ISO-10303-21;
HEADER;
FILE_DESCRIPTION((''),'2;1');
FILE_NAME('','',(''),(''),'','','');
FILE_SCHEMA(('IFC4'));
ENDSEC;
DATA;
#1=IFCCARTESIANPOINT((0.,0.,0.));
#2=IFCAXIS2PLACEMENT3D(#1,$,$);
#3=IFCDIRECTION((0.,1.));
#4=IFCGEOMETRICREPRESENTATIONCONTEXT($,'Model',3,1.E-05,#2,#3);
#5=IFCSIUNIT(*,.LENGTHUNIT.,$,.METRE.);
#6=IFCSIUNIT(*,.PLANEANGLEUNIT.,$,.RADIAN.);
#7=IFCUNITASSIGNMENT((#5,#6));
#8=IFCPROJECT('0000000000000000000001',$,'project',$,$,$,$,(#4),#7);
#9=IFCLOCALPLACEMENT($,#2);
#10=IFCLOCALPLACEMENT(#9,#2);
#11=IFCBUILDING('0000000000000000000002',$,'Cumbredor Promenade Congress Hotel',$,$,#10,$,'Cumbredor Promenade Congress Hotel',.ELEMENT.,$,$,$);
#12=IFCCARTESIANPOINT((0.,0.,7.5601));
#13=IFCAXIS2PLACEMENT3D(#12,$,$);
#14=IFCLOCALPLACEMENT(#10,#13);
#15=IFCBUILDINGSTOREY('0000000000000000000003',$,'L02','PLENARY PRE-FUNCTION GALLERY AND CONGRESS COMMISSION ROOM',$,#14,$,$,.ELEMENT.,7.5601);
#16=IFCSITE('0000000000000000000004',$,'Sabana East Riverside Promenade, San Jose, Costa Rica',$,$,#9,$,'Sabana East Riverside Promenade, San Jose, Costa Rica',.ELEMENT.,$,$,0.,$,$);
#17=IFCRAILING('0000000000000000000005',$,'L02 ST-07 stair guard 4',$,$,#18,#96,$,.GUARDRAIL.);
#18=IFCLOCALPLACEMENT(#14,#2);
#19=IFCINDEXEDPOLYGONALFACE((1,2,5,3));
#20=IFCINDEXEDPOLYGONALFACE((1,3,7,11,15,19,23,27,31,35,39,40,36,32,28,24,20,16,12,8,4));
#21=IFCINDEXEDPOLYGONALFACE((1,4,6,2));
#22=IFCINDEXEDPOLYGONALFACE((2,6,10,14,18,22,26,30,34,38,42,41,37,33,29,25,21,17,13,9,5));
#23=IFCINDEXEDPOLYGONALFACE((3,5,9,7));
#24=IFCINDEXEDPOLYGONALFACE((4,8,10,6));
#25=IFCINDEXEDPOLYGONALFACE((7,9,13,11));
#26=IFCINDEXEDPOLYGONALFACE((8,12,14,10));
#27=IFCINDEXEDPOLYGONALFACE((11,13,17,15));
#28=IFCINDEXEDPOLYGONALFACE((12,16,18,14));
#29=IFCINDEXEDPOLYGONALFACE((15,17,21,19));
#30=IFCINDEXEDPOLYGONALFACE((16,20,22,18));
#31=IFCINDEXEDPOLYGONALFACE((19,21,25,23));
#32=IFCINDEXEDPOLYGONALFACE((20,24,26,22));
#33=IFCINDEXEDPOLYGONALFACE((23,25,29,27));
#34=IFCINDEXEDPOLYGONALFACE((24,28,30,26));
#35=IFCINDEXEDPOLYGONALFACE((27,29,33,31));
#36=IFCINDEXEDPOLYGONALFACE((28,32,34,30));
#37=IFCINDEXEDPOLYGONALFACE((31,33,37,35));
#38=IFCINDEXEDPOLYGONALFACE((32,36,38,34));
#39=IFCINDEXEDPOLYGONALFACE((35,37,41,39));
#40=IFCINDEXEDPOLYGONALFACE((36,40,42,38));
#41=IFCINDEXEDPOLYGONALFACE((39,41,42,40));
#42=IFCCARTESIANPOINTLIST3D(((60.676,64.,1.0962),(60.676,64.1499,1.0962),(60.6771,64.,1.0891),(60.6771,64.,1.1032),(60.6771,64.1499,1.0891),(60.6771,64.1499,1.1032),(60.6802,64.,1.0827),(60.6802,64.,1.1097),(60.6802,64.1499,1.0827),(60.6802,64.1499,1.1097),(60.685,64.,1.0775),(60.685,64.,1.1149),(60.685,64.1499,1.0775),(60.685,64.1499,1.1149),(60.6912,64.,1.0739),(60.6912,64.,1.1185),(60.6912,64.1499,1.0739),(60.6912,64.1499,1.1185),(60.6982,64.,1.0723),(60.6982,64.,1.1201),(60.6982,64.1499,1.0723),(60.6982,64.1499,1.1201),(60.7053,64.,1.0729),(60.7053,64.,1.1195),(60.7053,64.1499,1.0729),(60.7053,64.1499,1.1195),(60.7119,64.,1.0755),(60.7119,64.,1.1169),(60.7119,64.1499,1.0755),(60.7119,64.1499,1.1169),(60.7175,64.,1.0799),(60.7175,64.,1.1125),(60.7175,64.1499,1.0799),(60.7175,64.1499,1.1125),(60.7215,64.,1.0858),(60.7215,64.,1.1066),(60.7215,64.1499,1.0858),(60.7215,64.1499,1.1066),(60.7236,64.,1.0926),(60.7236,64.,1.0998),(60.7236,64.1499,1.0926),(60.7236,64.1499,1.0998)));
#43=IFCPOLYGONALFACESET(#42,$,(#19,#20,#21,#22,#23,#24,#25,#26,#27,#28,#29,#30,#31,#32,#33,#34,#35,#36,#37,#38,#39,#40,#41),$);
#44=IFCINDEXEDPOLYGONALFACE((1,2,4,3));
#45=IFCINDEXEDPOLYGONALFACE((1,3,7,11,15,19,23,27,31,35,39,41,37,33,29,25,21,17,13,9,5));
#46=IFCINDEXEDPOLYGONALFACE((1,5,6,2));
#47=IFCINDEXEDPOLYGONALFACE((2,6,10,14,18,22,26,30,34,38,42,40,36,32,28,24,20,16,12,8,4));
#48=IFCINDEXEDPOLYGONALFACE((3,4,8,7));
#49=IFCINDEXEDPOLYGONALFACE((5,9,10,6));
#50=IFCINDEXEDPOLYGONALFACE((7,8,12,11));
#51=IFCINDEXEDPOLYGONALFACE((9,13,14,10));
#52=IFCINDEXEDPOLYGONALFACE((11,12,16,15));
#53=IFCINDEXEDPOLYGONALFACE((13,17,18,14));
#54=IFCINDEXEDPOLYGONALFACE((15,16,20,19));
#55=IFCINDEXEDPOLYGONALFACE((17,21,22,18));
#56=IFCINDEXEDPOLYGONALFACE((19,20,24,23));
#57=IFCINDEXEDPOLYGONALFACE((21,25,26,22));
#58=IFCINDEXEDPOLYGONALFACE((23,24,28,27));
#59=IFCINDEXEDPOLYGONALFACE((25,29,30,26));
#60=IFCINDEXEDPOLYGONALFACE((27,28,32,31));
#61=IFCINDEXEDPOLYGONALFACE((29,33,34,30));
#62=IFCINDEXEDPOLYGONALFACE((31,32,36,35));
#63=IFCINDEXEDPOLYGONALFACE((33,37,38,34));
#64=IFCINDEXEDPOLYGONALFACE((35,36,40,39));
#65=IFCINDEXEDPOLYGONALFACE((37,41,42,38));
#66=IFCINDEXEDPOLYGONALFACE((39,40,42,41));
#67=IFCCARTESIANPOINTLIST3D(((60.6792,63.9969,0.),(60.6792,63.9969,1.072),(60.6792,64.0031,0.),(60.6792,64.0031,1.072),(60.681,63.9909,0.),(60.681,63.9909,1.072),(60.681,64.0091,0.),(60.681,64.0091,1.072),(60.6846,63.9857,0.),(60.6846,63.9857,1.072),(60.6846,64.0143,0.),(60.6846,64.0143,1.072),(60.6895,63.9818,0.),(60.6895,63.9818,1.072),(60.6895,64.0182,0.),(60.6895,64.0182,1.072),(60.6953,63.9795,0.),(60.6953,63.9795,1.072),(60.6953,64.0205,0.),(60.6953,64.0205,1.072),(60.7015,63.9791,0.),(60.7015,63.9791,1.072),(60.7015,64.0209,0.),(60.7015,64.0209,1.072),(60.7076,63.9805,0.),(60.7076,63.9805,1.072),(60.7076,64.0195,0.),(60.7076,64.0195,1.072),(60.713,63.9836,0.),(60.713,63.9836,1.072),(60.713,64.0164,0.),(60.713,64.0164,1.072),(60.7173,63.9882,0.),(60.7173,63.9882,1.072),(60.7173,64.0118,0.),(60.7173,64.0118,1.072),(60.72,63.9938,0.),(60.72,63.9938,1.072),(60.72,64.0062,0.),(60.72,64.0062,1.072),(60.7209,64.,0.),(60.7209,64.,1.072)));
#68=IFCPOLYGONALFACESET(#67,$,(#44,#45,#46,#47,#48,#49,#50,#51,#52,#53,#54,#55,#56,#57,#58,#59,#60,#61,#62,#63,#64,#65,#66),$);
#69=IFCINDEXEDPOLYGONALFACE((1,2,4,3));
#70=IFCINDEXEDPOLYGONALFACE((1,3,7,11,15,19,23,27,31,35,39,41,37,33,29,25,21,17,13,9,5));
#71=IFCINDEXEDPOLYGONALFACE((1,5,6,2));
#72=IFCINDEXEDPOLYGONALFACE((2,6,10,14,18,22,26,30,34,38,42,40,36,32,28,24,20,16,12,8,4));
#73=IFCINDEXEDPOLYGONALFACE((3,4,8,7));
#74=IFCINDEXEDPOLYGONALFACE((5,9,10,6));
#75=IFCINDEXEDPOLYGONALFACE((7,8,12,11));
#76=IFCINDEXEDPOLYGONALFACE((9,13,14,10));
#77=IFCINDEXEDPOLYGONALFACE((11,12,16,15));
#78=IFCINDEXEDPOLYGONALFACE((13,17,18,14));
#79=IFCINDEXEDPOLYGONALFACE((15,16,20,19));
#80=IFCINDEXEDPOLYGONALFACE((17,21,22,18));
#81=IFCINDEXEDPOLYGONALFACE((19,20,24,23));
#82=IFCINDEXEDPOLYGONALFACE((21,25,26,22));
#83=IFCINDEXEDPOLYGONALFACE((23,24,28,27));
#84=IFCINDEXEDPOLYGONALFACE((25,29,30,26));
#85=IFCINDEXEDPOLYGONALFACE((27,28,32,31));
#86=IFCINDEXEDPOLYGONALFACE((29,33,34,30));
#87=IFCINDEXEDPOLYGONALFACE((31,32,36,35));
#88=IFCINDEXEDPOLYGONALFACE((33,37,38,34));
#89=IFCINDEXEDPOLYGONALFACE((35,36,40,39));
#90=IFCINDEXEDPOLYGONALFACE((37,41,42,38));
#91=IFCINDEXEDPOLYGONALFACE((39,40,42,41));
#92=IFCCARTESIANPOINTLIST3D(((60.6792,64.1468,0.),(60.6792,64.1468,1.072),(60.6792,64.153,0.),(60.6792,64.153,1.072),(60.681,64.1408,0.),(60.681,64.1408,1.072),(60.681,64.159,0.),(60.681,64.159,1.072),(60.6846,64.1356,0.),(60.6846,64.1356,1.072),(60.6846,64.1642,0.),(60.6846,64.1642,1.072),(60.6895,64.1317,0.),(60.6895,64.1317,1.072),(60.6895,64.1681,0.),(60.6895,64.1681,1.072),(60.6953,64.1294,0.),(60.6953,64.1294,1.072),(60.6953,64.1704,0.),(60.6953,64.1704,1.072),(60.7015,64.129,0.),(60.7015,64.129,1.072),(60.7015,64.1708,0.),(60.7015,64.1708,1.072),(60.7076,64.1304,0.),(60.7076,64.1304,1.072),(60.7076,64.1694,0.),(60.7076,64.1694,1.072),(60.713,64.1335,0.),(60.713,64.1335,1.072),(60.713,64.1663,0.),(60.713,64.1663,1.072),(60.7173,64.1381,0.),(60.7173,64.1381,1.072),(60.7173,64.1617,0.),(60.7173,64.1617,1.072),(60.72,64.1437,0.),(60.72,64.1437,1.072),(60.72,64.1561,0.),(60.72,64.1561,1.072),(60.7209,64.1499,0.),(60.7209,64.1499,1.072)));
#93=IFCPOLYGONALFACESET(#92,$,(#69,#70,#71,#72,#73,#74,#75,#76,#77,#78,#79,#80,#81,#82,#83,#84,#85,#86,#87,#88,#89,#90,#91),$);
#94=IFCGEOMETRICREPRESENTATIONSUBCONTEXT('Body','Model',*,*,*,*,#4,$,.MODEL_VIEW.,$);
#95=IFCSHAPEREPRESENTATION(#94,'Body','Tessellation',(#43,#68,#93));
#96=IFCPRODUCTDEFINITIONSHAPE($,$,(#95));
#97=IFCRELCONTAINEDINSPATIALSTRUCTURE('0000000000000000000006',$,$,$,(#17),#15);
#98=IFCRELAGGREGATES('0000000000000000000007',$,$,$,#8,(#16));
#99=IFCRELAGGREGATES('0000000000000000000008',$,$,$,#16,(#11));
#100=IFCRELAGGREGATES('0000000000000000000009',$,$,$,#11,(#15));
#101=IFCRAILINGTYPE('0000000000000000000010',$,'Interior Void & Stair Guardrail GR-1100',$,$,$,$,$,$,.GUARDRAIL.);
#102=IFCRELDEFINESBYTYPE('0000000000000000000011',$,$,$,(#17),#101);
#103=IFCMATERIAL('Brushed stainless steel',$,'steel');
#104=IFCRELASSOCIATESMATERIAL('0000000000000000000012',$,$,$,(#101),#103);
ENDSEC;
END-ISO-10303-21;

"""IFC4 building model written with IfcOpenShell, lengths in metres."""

from ifc_helpers import new_model, si_unit, direction, frame, origin, origin_2d, place, context, subcontext, project, spatial, circle, extrude, material, type_object, element, save


model = new_model("IFC4")

# Units and contexts
model_context = context("Model", 3, precision=1e-05, world=origin(), true_north=direction((0.0, 1.0)))
body_context = subcontext(model_context, "Body", "Model", "MODEL_VIEW")
ifc_project = project(units=[si_unit("LENGTHUNIT", "METRE"), si_unit("PLANEANGLEUNIT", "RADIAN")], contexts=[model_context])

# Site, building, storey
site_placement = place(None, origin())
site = spatial("IfcSite", under=ifc_project, at=site_placement, Name="Sabana East Riverside Promenade, San Jose, Costa Rica", LongName="Sabana East Riverside Promenade, San Jose, Costa Rica", CompositionType="ELEMENT", RefElevation=0.0)
building_placement = place(site_placement, origin())
building = spatial("IfcBuilding", under=site, at=building_placement, Name="Cumbredor Promenade Congress Hotel", LongName="Cumbredor Promenade Congress Hotel", CompositionType="ELEMENT")
storey_placement = place(building_placement, frame((0.0, 0.0, 7.5601)))
storey = spatial("IfcBuildingStorey", under=building, at=storey_placement, Name="L02", Description="PLENARY PRE-FUNCTION GALLERY AND CONGRESS COMMISSION ROOM", CompositionType="ELEMENT", Elevation=7.5601)

# Railing
ifc_material_1 = material(Name="Brushed stainless steel", Category="steel")
railing_type_1 = type_object("IfcRailingType", Name="Interior Void & Stair Guardrail GR-1100", PredefinedType="GUARDRAIL", material=ifc_material_1)
railing_1_placement = place(storey_placement, frame((60.7, 64.0, 0.0)))
element("IfcRailing", 1, at=railing_1_placement, inside=storey, type_object=railing_type_1, Name="L02 ST-07 stair guard 4", PredefinedType="GUARDRAIL", context=body_context, shape_type="SweptSolid", body=[
    extrude(circle(Radius=0.0239, at=origin_2d()), frame((0.0, 0.0, 1.0962), z_axis=(0.0, 1.0, 0.0), x_axis=(-1.0, 0.0, 0.0)), (0.0, 0.0, 1.0), 0.1499),
    extrude(circle(Radius=0.021, at=origin_2d()), origin(), (0.0, 0.0, 1.0), 1.072),
    extrude(circle(Radius=0.021, at=origin_2d()), frame((0.0, 0.1499, 0.0)), (0.0, 0.0, 1.0), 1.072),
])

save(model, "model.ifc")
